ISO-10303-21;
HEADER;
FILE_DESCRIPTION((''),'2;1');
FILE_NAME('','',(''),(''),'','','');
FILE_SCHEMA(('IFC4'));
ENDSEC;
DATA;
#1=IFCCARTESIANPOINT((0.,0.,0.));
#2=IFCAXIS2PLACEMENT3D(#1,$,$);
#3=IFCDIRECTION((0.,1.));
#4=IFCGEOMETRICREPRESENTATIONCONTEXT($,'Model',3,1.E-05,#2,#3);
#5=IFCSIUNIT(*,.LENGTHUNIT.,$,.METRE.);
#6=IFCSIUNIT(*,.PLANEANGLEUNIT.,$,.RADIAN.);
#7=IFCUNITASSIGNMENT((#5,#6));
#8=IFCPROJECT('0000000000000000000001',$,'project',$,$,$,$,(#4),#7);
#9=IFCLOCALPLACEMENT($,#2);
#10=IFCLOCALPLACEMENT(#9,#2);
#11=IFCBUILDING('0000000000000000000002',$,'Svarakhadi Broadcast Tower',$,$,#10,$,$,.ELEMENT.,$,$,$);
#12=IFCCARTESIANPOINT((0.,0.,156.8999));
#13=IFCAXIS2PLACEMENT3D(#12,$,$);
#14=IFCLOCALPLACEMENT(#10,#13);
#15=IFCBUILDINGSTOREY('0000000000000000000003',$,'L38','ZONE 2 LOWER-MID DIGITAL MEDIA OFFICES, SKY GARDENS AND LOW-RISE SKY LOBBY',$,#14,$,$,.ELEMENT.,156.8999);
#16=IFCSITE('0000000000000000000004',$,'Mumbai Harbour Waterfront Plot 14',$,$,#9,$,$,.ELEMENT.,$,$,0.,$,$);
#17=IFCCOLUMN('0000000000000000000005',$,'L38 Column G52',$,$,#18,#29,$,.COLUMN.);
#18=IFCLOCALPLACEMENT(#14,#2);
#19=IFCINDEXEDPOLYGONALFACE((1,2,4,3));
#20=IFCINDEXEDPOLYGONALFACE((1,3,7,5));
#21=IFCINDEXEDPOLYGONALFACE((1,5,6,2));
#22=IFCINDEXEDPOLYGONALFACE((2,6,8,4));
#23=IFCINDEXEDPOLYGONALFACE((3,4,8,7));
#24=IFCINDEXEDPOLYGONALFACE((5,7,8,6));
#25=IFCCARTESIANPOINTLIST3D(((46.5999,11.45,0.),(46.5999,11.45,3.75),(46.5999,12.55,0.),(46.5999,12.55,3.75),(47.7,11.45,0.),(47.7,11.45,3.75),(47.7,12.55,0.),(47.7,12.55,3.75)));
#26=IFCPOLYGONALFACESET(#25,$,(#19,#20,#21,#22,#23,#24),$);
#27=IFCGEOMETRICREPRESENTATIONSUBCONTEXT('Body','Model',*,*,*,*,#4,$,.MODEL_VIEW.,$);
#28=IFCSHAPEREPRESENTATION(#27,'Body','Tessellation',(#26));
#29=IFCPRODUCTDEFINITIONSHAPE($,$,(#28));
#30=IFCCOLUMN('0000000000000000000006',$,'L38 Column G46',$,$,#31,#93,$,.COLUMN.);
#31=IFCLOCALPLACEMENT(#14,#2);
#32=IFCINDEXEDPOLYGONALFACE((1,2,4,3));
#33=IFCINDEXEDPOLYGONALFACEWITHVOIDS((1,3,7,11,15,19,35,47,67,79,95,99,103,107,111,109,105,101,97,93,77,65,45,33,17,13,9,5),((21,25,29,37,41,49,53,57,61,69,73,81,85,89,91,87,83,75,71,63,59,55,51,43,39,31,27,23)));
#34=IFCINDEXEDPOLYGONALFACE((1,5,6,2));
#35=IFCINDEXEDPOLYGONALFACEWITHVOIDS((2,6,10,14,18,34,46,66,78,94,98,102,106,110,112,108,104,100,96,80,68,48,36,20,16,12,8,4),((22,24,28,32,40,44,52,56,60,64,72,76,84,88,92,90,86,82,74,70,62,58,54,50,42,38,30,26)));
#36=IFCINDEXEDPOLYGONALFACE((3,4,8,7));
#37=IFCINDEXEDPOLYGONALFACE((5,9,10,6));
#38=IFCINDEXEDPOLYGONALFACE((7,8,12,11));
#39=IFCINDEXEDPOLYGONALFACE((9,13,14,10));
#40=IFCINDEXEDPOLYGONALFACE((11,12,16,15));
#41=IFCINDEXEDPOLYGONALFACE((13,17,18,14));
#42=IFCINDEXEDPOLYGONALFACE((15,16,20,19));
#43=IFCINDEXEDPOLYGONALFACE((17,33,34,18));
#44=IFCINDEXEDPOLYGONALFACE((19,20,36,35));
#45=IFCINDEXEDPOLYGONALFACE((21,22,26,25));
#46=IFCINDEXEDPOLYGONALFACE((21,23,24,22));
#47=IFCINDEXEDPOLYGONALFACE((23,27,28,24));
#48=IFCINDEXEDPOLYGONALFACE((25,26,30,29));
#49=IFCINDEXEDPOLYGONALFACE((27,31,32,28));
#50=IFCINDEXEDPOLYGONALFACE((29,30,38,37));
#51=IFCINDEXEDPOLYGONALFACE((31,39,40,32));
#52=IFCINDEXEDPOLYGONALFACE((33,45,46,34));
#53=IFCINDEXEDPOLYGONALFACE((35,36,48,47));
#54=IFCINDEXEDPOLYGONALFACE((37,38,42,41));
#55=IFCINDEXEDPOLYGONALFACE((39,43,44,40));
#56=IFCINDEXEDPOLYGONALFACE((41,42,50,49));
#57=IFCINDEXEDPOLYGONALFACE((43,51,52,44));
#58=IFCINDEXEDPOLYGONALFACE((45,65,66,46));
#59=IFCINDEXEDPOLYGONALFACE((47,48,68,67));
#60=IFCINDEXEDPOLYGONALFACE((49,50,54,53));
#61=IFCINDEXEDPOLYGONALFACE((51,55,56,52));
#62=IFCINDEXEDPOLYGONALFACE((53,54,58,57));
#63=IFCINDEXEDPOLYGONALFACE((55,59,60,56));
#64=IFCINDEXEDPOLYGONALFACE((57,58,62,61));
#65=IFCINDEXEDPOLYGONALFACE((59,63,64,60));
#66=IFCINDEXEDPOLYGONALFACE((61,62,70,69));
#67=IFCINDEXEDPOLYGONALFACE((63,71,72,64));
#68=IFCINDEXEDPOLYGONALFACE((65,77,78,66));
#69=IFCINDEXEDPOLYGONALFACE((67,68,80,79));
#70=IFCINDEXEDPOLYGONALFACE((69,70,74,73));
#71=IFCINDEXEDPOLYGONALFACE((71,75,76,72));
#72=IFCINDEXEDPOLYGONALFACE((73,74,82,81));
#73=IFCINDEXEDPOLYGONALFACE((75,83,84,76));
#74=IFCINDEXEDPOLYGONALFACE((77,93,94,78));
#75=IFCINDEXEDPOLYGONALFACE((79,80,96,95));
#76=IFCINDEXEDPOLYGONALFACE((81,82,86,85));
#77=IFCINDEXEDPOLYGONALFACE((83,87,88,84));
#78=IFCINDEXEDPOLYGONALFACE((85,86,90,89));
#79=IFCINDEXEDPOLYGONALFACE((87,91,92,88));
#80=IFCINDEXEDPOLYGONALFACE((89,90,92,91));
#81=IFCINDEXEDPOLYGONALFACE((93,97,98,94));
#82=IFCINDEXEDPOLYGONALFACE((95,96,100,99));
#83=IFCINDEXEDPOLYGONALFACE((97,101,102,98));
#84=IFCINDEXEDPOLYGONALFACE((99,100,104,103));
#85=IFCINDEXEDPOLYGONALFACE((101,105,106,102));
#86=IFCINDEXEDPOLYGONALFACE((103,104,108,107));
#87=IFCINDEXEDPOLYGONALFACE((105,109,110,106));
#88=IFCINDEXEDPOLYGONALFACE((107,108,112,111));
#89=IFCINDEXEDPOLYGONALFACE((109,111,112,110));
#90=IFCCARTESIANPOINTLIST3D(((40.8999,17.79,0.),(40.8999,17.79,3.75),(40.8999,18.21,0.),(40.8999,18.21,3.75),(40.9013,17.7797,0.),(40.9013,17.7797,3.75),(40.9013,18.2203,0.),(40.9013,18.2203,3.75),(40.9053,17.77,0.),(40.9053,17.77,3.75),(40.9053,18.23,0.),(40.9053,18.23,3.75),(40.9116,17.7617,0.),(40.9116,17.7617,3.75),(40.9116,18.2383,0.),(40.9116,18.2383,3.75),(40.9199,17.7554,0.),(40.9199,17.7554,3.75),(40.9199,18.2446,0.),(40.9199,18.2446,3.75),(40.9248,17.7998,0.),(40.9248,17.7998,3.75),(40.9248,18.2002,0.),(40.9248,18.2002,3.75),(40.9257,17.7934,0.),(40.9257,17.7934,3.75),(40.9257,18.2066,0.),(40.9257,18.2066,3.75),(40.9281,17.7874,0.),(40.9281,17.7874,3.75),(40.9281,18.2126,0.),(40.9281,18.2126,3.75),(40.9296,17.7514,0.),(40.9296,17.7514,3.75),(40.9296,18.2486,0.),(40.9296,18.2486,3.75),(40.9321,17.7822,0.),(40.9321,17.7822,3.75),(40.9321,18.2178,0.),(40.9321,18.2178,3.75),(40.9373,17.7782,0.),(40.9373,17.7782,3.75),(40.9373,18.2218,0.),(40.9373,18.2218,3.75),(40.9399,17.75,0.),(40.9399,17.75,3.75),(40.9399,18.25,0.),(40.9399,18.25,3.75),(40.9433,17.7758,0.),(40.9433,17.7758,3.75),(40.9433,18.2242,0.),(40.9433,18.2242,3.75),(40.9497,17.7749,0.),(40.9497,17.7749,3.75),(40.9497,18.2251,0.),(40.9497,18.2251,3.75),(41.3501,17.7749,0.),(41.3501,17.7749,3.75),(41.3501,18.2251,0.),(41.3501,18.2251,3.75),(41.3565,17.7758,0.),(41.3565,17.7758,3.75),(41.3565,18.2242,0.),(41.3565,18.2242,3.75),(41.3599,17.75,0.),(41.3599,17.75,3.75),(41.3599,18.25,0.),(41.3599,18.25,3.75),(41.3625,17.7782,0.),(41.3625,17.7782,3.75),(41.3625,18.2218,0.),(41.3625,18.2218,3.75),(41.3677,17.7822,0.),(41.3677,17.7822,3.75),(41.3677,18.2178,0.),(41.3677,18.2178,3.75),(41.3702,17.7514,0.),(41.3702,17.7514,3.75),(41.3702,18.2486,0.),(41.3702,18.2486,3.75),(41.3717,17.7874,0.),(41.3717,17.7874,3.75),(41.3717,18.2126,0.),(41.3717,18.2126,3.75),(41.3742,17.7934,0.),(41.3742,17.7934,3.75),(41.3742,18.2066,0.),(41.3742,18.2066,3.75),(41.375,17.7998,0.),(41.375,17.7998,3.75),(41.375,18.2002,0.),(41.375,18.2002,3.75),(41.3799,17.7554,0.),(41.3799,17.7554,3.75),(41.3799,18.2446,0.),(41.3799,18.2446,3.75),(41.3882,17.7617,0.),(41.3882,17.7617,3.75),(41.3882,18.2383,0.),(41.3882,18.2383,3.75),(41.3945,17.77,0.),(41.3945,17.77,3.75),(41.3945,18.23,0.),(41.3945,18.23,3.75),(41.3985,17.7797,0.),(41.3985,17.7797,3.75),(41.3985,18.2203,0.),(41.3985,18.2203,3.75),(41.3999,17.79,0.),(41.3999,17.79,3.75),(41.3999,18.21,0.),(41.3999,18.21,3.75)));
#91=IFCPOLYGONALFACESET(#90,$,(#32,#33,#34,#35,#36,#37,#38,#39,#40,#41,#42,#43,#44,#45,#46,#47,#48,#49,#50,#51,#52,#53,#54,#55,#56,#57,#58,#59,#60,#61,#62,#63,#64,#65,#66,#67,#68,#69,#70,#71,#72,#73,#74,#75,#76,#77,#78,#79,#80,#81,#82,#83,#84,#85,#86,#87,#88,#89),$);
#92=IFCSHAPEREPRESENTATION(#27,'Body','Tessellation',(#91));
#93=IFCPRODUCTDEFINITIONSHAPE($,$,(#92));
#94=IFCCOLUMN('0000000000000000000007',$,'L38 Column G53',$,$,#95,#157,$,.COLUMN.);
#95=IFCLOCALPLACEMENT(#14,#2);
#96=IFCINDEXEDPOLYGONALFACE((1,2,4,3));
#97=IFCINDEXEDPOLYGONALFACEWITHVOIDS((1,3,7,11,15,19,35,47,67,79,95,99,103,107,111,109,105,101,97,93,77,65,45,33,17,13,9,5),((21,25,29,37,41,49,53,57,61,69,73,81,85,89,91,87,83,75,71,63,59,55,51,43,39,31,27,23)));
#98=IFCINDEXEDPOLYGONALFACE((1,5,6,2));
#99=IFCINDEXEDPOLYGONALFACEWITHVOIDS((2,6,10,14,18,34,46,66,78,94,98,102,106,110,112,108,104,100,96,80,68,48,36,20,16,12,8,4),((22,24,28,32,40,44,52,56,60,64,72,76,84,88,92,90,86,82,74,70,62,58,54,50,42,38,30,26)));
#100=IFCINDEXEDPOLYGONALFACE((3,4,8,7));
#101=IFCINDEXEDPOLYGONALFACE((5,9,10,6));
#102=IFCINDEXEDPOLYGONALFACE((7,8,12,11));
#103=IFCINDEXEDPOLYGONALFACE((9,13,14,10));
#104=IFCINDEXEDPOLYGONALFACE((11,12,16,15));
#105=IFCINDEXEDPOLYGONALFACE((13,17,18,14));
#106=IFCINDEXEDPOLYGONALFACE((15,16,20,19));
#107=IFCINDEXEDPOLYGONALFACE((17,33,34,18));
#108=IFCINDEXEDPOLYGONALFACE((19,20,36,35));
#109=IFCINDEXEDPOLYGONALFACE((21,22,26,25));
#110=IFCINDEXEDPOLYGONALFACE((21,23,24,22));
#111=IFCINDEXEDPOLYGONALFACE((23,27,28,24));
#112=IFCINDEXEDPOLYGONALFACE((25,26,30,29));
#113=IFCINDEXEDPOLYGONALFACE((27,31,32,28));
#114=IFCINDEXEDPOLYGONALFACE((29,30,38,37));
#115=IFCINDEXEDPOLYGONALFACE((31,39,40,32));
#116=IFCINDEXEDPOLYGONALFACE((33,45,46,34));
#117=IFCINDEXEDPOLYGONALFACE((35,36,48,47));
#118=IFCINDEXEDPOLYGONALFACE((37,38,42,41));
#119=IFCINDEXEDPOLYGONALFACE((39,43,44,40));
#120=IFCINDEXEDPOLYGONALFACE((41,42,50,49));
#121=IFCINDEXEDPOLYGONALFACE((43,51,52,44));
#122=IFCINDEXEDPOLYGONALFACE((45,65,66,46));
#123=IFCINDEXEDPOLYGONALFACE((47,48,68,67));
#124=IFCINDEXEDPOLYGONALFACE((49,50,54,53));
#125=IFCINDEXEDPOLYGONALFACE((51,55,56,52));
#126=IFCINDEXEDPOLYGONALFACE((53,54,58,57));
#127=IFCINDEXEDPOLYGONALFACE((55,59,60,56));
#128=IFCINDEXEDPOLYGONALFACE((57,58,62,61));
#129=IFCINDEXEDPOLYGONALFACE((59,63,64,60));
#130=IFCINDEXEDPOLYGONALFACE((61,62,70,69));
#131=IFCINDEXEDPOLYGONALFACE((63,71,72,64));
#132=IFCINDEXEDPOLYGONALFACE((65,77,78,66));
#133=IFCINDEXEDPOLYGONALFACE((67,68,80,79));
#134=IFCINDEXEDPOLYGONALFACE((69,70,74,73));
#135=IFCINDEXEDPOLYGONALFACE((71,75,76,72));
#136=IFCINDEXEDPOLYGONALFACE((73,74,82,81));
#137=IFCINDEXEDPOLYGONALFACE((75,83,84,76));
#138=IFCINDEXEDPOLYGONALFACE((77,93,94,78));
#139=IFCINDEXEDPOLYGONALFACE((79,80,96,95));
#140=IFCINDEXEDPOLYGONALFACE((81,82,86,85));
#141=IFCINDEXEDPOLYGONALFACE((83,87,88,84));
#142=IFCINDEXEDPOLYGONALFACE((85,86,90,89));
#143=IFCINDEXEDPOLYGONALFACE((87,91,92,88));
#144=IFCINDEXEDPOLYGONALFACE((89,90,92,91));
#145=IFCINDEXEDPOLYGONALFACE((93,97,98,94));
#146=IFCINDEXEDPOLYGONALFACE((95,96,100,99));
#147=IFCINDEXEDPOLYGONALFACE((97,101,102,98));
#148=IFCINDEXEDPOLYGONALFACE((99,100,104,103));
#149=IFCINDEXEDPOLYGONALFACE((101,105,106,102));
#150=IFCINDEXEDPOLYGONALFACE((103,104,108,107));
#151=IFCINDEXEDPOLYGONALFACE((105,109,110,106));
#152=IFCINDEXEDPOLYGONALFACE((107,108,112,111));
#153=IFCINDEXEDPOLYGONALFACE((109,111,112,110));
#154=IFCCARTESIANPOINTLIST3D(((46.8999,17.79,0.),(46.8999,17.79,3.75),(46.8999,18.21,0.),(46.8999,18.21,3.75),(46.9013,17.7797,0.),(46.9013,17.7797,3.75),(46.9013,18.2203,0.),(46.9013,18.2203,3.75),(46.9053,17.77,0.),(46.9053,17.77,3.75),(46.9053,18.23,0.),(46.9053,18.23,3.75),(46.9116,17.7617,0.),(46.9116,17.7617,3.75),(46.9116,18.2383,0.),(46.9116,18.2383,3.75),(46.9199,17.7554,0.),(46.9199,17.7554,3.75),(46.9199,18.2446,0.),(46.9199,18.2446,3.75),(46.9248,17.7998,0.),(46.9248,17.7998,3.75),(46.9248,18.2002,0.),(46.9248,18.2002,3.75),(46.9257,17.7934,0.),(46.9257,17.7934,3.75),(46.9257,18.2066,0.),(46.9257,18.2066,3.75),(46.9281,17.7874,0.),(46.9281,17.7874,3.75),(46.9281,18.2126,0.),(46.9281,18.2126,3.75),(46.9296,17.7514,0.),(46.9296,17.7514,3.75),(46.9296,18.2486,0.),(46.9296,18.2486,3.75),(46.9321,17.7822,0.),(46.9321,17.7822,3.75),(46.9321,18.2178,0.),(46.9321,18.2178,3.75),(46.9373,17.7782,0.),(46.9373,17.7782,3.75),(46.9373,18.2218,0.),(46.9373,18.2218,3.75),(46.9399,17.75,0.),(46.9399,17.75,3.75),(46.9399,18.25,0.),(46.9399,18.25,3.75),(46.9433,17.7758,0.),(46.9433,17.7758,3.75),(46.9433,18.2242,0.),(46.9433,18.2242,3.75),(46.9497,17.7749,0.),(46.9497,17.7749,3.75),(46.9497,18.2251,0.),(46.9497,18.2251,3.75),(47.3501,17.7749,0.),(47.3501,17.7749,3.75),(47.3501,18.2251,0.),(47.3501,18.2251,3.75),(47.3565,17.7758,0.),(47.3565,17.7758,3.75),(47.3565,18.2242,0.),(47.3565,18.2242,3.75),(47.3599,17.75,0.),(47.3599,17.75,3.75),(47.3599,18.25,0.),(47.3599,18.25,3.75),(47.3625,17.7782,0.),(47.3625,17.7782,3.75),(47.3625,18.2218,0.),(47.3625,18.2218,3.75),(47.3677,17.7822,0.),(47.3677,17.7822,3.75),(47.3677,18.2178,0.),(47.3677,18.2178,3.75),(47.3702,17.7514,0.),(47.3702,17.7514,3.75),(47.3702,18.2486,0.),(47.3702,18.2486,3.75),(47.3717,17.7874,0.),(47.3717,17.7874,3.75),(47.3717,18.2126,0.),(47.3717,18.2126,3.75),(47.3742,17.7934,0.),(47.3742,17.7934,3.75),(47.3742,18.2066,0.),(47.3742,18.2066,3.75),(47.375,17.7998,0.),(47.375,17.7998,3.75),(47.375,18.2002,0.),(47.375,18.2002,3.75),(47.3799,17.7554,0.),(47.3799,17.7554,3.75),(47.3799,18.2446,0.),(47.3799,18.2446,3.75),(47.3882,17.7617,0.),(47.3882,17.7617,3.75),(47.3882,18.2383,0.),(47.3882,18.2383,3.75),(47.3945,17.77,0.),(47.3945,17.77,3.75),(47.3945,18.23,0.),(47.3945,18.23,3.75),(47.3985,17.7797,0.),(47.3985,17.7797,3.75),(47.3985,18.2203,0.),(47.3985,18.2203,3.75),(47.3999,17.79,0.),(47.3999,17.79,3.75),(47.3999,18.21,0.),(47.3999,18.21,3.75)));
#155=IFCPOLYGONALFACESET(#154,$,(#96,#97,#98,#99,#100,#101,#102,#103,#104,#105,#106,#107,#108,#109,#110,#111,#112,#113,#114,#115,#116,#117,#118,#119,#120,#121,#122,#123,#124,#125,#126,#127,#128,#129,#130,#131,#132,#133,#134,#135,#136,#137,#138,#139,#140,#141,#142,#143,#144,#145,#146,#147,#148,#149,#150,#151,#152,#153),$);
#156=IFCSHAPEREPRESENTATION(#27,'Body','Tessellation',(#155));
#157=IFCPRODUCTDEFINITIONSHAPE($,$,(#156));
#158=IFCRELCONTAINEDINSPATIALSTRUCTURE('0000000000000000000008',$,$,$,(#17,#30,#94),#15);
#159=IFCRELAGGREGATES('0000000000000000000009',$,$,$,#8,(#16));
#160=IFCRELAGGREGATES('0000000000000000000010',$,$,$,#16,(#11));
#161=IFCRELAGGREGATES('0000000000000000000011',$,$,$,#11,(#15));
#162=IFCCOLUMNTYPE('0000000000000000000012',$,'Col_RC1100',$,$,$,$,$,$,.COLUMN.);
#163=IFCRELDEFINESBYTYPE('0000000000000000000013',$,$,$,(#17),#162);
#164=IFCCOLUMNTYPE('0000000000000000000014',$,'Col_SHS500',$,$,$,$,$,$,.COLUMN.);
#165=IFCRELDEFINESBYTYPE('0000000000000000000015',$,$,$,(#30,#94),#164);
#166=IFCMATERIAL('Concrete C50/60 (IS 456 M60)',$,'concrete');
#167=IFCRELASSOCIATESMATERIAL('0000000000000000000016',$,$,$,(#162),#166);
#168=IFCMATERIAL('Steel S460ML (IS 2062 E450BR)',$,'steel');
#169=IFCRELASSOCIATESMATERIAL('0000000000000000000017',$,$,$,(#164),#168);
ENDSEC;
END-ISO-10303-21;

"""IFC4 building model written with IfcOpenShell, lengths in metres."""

from ifc_helpers import new_model, si_unit, direction, frame, origin, origin_2d, place, context, subcontext, project, spatial, rectangle, hollow_rectangle, extrude, material, material_profile, profile_set, type_object, element, save


model = new_model("IFC4")

# Units and contexts
model_context = context("Model", 3, precision=1e-05, world=origin(), true_north=direction((0.0, 1.0)))
body_context = subcontext(model_context, "Body", "Model", "MODEL_VIEW")
ifc_project = project(units=[si_unit("LENGTHUNIT", "METRE"), si_unit("PLANEANGLEUNIT", "RADIAN")], contexts=[model_context])

# Site, building, storey
site_placement = place(None, origin())
site = spatial("IfcSite", under=ifc_project, at=site_placement, Name="Mumbai Harbour Waterfront Plot 14", CompositionType="ELEMENT", RefElevation=0.0)
building_placement = place(site_placement, origin())
building = spatial("IfcBuilding", under=site, at=building_placement, Name="Svarakhadi Broadcast Tower", CompositionType="ELEMENT")
storey_placement = place(building_placement, frame((0.0, 0.0, 156.8999)))
storey = spatial("IfcBuildingStorey", under=building, at=storey_placement, Name="L38", Description="ZONE 2 LOWER-MID DIGITAL MEDIA OFFICES, SKY GARDENS AND LOW-RISE SKY LOBBY", CompositionType="ELEMENT", Elevation=156.8999)

# Columns
ifc_material_1 = material(Name="Concrete C50/60 (IS 456 M60)", Category="concrete")
ifc_material_profile_1 = material_profile(ifc_material_1, rectangle(XDim=1.1001, YDim=1.1001, at=origin_2d()), Name="RC 1100x1100")
ifc_profile_set_1 = profile_set([ifc_material_profile_1], Name="Concrete C50/60 (IS 456 M60)")
column_type_1 = type_object("IfcColumnType", Name="Col_RC1100", PredefinedType="COLUMN", material=ifc_profile_set_1)
column_placement = place(storey_placement, frame((47.1499, 12.0, 0.0), z_axis=(0.0, 0.0, 1.0), x_axis=(1.0, 0.0, 0.0)))
element("IfcColumn", 1, at=column_placement, inside=storey, type_object=column_type_1, Name="L38 Column G52", PredefinedType="COLUMN", context=body_context, shape_type="SweptSolid", body=[
    extrude(rectangle(XDim=1.1001, YDim=1.1001, at=origin_2d()), origin(), (0.0, 0.0, 1.0), 3.75),
])
ifc_material_2 = material(Name="Steel S460ML (IS 2062 E450BR)", Category="steel")
ifc_material_profile_2 = material_profile(ifc_material_2, hollow_rectangle(XDim=0.5, YDim=0.5, WallThickness=0.0249, InnerFilletRadius=0.0249, OuterFilletRadius=0.04, at=origin_2d()), Name="SHS 500x500x25")
ifc_profile_set_2 = profile_set([ifc_material_profile_2], Name="Steel S460ML (IS 2062 E450BR)")
column_type_2 = type_object("IfcColumnType", Name="Col_SHS500", PredefinedType="COLUMN", material=ifc_profile_set_2)
for number, where, z_axis, x_axis, name in (
    (2, (41.1499, 18.0, 0.0), (0.0, 0.0, 1.0), (1.0, 0.0, 0.0), "L38 Column G46"),
    (3, (47.1499, 18.0, 0.0), (0.0, 0.0, 1.0), (1.0, 0.0, 0.0), "L38 Column G53"),
):
    element("IfcColumn", number, at=place(storey_placement, frame(where, z_axis=z_axis, x_axis=x_axis)), inside=storey, type_object=column_type_2, Name=name, PredefinedType="COLUMN", context=body_context, shape_type="SweptSolid", body=[
        extrude(hollow_rectangle(XDim=0.5, YDim=0.5, WallThickness=0.0249, InnerFilletRadius=0.0249, OuterFilletRadius=0.04, at=origin_2d()), origin(), (0.0, 0.0, 1.0), 3.75),
    ])

save(model, "model.ifc")
